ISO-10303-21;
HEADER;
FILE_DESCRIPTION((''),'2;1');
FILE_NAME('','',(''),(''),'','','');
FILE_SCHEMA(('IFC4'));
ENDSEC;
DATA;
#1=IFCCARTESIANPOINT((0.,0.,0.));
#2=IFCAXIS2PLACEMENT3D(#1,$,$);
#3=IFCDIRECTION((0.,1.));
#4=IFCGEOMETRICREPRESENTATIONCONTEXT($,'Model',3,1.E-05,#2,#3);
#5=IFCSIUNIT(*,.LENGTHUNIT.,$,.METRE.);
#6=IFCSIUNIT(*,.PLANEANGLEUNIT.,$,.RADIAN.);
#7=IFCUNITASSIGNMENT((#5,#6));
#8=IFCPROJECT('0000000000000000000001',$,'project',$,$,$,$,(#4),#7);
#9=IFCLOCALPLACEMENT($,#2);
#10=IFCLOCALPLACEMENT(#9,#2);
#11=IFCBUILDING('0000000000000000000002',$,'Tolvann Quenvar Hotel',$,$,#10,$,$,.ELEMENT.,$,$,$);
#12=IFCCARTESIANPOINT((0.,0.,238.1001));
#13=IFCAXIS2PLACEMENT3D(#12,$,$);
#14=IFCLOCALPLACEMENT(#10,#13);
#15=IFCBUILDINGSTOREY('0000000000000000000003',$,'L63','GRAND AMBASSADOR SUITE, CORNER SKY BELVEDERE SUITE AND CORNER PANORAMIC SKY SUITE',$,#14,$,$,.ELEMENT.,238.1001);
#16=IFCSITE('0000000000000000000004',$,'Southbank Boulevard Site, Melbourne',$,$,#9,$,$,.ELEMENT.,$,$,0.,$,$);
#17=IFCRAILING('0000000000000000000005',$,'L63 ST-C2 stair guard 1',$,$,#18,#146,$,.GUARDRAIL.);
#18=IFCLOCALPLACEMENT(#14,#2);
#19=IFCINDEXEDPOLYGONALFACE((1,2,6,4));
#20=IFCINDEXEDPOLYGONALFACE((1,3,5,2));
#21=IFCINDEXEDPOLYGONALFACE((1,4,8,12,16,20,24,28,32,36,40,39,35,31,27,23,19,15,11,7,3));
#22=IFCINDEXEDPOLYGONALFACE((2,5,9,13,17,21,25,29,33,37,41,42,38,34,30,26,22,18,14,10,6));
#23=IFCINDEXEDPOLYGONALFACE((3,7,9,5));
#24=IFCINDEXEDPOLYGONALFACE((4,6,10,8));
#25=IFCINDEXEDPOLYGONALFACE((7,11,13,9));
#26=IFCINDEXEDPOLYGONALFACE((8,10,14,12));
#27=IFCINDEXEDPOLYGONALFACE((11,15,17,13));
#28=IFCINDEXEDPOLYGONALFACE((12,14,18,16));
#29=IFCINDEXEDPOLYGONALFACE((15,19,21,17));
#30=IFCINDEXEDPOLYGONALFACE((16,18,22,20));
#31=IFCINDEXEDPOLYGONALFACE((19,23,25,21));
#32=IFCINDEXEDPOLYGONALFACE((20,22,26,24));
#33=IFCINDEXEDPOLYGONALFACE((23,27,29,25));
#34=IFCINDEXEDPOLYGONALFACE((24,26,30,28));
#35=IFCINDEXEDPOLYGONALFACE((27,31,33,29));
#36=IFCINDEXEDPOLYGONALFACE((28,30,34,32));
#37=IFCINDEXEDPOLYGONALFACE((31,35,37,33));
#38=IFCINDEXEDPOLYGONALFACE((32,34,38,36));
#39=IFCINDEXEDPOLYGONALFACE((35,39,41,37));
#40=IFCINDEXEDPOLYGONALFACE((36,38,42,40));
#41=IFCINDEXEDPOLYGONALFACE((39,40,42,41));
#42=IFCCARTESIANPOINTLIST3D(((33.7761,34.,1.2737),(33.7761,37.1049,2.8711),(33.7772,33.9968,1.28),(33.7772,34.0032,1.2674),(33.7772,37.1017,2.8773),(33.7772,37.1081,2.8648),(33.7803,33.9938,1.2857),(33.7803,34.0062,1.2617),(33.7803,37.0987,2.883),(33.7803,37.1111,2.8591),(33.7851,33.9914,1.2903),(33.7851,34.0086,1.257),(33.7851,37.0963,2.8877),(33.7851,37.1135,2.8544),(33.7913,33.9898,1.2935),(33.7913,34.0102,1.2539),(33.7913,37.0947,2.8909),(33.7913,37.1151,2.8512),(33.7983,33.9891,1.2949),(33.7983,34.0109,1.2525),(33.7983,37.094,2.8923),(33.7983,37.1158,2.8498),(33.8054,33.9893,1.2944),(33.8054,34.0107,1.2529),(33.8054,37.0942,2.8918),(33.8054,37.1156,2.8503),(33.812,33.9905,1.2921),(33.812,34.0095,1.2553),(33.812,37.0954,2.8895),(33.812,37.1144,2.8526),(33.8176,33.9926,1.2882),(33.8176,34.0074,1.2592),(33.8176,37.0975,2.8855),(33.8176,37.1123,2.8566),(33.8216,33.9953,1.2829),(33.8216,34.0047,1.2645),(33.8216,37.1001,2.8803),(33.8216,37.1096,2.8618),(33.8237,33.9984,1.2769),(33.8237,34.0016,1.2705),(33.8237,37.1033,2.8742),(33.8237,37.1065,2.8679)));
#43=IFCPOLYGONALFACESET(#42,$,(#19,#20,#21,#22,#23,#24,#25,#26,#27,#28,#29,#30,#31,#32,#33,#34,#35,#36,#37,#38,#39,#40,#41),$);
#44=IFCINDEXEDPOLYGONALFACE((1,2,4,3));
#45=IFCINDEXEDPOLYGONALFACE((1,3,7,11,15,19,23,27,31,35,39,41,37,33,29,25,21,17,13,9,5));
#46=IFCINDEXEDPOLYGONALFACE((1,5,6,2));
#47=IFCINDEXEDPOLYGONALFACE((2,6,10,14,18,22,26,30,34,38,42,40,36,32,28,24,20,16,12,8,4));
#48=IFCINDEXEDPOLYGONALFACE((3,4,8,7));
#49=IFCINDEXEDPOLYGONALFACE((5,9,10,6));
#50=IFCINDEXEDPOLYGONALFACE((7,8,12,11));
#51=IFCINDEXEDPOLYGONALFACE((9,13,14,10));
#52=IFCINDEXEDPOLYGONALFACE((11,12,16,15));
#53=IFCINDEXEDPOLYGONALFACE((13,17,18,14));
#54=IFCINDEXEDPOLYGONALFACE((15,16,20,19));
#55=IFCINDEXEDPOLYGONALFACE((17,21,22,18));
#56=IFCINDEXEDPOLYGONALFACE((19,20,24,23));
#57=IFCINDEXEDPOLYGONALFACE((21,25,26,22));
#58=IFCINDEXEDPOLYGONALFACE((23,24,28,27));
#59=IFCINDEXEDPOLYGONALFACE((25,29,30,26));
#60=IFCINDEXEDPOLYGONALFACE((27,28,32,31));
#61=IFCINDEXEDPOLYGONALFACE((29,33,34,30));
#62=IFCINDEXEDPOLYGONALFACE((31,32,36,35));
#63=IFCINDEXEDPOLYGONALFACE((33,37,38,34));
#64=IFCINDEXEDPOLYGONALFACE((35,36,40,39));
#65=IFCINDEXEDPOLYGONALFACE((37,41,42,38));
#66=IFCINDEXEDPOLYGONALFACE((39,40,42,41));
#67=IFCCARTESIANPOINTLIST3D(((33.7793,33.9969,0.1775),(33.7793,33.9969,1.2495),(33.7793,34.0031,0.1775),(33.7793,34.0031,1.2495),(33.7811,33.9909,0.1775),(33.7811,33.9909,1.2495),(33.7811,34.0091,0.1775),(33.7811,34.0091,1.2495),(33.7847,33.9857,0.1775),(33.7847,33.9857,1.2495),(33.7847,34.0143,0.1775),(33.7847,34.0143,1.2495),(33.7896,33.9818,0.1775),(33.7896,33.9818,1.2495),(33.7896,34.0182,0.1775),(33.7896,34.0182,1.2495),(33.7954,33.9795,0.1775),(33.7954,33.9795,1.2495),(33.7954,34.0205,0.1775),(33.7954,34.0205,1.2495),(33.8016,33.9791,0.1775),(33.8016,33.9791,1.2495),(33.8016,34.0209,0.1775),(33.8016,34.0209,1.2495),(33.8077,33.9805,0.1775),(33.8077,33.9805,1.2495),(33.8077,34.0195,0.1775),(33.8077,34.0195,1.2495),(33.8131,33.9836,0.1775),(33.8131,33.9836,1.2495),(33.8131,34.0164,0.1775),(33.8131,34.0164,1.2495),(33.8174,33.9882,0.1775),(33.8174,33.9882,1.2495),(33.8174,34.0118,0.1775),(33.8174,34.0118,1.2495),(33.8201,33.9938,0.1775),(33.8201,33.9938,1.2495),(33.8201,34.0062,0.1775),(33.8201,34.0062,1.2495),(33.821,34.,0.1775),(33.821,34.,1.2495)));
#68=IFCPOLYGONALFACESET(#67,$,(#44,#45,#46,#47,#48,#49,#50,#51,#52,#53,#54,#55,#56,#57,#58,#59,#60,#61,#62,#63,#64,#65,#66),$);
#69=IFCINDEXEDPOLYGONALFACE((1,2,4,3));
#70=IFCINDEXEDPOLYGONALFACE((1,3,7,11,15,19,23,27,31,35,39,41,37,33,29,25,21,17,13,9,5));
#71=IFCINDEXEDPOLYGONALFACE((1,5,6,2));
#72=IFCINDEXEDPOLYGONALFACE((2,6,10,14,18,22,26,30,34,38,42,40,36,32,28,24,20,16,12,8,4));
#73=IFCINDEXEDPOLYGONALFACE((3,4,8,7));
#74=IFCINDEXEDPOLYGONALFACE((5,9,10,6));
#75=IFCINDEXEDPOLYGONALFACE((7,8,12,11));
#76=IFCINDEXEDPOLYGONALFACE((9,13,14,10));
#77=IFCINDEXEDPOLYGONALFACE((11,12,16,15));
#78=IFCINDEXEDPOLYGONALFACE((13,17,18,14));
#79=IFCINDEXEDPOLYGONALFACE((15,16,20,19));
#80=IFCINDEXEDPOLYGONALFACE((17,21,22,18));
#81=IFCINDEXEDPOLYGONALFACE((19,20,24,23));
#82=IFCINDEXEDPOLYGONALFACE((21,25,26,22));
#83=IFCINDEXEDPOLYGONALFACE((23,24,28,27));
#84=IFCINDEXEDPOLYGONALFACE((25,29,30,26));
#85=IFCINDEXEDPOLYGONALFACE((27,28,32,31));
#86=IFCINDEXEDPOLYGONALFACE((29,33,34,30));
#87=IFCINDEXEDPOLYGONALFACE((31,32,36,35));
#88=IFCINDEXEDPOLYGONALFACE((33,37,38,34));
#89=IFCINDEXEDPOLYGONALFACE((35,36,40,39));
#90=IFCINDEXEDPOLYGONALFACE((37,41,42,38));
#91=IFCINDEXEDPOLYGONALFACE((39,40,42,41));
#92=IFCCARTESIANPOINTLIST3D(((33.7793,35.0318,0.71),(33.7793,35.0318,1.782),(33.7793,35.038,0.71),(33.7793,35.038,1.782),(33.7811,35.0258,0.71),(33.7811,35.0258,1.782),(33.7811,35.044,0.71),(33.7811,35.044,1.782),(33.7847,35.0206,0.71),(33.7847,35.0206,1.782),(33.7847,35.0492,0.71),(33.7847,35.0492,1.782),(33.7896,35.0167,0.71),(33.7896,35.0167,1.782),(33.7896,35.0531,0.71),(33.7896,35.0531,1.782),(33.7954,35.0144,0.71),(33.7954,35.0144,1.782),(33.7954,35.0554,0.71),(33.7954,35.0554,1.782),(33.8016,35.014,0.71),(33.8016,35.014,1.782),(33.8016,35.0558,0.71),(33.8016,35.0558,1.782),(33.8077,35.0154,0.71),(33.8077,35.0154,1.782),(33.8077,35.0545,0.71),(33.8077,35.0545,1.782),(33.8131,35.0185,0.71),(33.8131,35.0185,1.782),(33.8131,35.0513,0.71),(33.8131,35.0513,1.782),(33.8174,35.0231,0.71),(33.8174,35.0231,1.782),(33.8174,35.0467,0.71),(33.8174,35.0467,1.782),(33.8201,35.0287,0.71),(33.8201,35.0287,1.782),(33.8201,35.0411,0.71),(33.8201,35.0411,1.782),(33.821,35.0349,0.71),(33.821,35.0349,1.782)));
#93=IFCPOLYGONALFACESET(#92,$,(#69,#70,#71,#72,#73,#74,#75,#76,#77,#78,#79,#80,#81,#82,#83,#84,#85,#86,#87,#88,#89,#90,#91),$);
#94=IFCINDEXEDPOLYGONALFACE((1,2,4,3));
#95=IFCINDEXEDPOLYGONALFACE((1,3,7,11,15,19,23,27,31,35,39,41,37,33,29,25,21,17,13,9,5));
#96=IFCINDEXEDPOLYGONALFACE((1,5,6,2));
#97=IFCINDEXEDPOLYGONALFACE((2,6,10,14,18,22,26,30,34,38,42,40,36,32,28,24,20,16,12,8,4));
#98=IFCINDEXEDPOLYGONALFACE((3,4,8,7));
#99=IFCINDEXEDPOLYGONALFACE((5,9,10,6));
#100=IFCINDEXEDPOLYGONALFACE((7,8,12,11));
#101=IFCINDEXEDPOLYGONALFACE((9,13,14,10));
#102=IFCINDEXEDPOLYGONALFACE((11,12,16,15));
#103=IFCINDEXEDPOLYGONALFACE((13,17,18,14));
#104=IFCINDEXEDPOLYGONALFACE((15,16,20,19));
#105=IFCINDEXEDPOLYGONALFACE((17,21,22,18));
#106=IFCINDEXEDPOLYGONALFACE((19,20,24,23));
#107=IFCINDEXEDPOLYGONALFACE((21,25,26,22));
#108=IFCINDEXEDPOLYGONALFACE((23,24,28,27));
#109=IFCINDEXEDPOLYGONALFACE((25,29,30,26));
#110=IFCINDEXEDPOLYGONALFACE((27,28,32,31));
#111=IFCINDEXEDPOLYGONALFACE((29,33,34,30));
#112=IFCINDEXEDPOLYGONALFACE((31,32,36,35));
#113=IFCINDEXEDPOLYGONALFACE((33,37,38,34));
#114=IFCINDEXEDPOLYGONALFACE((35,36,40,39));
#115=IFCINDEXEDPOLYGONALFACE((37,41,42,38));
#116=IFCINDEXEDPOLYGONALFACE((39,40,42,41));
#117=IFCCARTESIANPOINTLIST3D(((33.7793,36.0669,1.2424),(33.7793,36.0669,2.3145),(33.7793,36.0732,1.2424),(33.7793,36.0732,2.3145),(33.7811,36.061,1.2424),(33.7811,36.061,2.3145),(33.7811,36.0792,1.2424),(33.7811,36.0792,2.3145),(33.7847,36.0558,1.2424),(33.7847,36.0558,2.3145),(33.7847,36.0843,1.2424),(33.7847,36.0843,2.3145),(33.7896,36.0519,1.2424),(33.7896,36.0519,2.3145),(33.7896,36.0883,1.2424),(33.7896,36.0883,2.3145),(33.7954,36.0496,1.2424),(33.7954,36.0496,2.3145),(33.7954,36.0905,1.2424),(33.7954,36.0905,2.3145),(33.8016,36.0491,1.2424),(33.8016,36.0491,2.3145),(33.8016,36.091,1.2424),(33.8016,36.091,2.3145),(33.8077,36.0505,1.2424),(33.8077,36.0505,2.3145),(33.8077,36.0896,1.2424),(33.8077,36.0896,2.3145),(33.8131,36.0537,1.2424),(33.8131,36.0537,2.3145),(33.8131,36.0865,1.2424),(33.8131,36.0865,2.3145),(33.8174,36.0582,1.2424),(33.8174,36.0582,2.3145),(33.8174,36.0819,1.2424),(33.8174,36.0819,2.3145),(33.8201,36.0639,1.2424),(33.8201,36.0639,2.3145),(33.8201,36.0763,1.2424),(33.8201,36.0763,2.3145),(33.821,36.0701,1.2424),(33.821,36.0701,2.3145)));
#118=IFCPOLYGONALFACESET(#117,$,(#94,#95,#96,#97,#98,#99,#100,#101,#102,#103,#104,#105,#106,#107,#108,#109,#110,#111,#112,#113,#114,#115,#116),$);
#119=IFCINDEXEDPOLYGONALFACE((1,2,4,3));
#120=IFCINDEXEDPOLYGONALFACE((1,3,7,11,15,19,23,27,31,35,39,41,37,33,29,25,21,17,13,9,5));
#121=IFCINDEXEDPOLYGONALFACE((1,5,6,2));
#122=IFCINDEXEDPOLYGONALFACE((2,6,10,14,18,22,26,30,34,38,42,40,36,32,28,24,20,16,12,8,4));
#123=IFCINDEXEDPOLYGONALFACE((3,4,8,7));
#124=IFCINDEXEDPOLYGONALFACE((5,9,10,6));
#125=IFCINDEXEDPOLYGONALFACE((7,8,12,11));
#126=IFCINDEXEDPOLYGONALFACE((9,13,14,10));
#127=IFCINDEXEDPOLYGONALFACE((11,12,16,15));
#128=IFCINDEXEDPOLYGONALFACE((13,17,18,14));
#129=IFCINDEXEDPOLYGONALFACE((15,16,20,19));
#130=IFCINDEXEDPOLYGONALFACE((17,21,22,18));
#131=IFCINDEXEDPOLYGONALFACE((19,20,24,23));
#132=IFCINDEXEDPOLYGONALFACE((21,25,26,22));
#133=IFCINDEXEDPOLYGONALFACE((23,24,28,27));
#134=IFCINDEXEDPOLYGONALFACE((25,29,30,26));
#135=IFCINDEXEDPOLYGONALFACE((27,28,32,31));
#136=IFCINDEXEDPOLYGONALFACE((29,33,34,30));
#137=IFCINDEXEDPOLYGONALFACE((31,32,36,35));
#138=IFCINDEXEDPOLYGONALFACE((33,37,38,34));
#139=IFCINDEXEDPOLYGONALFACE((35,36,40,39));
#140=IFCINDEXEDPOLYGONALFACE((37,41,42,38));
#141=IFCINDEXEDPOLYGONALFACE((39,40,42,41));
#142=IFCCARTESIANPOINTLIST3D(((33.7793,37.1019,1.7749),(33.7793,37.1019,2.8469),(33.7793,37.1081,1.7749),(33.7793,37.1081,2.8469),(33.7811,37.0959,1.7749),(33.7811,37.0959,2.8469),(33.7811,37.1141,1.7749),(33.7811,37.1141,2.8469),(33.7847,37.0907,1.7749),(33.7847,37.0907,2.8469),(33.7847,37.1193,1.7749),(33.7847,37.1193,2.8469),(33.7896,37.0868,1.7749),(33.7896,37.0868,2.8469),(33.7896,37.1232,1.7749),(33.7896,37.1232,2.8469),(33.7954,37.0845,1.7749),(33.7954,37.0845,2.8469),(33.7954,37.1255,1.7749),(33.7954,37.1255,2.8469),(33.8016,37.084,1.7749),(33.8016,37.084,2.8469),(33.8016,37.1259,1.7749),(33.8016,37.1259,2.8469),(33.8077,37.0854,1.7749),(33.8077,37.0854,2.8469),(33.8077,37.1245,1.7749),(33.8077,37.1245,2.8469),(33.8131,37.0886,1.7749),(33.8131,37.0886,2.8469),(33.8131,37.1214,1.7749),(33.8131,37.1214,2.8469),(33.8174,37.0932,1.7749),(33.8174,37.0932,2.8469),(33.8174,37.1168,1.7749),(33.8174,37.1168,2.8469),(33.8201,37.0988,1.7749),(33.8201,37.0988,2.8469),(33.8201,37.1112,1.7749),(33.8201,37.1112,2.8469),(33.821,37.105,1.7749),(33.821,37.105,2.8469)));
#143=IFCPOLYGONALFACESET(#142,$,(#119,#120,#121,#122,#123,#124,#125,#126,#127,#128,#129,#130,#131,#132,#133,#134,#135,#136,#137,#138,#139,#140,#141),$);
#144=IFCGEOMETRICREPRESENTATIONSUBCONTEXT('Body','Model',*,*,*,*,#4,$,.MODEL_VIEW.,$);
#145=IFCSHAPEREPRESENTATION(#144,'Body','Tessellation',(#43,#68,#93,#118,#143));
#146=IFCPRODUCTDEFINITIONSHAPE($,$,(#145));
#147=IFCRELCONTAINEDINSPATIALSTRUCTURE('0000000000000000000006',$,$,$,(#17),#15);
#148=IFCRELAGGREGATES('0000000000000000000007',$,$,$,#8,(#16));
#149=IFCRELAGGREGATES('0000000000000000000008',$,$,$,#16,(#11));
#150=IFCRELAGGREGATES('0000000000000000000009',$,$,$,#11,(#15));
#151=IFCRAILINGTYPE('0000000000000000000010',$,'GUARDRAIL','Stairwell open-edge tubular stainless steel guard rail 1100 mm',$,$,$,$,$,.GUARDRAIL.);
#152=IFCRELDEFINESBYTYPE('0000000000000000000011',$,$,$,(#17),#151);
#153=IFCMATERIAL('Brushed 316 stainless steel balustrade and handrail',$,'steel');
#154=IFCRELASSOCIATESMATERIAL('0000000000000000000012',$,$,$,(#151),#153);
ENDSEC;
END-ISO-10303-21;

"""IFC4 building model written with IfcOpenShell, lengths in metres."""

from ifc_helpers import new_model, si_unit, direction, frame, origin, origin_2d, place, context, subcontext, project, spatial, circle, extrude, material, type_object, element, save


model = new_model("IFC4")

# Units and contexts
model_context = context("Model", 3, precision=1e-05, world=origin(), true_north=direction((0.0, 1.0)))
body_context = subcontext(model_context, "Body", "Model", "MODEL_VIEW")
ifc_project = project(units=[si_unit("LENGTHUNIT", "METRE"), si_unit("PLANEANGLEUNIT", "RADIAN")], contexts=[model_context])

# Site, building, storey
site_placement = place(None, origin())
site = spatial("IfcSite", under=ifc_project, at=site_placement, Name="Southbank Boulevard Site, Melbourne", CompositionType="ELEMENT", RefElevation=0.0)
building_placement = place(site_placement, origin())
building = spatial("IfcBuilding", under=site, at=building_placement, Name="Tolvann Quenvar Hotel", CompositionType="ELEMENT")
storey_placement = place(building_placement, frame((0.0, 0.0, 238.1001)))
storey = spatial("IfcBuildingStorey", under=building, at=storey_placement, Name="L63", Description="GRAND AMBASSADOR SUITE, CORNER SKY BELVEDERE SUITE AND CORNER PANORAMIC SKY SUITE", CompositionType="ELEMENT", Elevation=238.1001)

# Railing
ifc_material_1 = material(Name="Brushed 316 stainless steel balustrade and handrail", Category="steel")
railing_type_1 = type_object("IfcRailingType", Name="GUARDRAIL", Description="Stairwell open-edge tubular stainless steel guard rail 1100 mm", PredefinedType="GUARDRAIL", material=ifc_material_1)
railing_1_placement = place(storey_placement, frame((33.8, 34.0, 0.1775)))
element("IfcRailing", 1, at=railing_1_placement, inside=storey, type_object=railing_type_1, Name="L63 ST-C2 stair guard 1", PredefinedType="GUARDRAIL", context=body_context, shape_type="SweptSolid", body=[
    extrude(circle(Radius=0.0239, at=origin_2d()), frame((0.0, 0.0, 1.0962), z_axis=(0.0, 0.889222, 0.457476), x_axis=(-1.0, 0.0, 0.0)), (0.0, 0.0, 1.0), 3.4917),
    extrude(circle(Radius=0.021, at=origin_2d()), origin(), (0.0, 0.0, 1.0), 1.072),
    extrude(circle(Radius=0.021, at=origin_2d()), frame((0.0, 1.0349, 0.5325)), (0.0, 0.0, 1.0), 1.072),
    extrude(circle(Radius=0.021, at=origin_2d()), frame((0.0, 2.0701, 1.0649)), (0.0, 0.0, 1.0), 1.072),
    extrude(circle(Radius=0.021, at=origin_2d()), frame((0.0, 3.105, 1.5974)), (0.0, 0.0, 1.0), 1.072),
])

save(model, "model.ifc")
